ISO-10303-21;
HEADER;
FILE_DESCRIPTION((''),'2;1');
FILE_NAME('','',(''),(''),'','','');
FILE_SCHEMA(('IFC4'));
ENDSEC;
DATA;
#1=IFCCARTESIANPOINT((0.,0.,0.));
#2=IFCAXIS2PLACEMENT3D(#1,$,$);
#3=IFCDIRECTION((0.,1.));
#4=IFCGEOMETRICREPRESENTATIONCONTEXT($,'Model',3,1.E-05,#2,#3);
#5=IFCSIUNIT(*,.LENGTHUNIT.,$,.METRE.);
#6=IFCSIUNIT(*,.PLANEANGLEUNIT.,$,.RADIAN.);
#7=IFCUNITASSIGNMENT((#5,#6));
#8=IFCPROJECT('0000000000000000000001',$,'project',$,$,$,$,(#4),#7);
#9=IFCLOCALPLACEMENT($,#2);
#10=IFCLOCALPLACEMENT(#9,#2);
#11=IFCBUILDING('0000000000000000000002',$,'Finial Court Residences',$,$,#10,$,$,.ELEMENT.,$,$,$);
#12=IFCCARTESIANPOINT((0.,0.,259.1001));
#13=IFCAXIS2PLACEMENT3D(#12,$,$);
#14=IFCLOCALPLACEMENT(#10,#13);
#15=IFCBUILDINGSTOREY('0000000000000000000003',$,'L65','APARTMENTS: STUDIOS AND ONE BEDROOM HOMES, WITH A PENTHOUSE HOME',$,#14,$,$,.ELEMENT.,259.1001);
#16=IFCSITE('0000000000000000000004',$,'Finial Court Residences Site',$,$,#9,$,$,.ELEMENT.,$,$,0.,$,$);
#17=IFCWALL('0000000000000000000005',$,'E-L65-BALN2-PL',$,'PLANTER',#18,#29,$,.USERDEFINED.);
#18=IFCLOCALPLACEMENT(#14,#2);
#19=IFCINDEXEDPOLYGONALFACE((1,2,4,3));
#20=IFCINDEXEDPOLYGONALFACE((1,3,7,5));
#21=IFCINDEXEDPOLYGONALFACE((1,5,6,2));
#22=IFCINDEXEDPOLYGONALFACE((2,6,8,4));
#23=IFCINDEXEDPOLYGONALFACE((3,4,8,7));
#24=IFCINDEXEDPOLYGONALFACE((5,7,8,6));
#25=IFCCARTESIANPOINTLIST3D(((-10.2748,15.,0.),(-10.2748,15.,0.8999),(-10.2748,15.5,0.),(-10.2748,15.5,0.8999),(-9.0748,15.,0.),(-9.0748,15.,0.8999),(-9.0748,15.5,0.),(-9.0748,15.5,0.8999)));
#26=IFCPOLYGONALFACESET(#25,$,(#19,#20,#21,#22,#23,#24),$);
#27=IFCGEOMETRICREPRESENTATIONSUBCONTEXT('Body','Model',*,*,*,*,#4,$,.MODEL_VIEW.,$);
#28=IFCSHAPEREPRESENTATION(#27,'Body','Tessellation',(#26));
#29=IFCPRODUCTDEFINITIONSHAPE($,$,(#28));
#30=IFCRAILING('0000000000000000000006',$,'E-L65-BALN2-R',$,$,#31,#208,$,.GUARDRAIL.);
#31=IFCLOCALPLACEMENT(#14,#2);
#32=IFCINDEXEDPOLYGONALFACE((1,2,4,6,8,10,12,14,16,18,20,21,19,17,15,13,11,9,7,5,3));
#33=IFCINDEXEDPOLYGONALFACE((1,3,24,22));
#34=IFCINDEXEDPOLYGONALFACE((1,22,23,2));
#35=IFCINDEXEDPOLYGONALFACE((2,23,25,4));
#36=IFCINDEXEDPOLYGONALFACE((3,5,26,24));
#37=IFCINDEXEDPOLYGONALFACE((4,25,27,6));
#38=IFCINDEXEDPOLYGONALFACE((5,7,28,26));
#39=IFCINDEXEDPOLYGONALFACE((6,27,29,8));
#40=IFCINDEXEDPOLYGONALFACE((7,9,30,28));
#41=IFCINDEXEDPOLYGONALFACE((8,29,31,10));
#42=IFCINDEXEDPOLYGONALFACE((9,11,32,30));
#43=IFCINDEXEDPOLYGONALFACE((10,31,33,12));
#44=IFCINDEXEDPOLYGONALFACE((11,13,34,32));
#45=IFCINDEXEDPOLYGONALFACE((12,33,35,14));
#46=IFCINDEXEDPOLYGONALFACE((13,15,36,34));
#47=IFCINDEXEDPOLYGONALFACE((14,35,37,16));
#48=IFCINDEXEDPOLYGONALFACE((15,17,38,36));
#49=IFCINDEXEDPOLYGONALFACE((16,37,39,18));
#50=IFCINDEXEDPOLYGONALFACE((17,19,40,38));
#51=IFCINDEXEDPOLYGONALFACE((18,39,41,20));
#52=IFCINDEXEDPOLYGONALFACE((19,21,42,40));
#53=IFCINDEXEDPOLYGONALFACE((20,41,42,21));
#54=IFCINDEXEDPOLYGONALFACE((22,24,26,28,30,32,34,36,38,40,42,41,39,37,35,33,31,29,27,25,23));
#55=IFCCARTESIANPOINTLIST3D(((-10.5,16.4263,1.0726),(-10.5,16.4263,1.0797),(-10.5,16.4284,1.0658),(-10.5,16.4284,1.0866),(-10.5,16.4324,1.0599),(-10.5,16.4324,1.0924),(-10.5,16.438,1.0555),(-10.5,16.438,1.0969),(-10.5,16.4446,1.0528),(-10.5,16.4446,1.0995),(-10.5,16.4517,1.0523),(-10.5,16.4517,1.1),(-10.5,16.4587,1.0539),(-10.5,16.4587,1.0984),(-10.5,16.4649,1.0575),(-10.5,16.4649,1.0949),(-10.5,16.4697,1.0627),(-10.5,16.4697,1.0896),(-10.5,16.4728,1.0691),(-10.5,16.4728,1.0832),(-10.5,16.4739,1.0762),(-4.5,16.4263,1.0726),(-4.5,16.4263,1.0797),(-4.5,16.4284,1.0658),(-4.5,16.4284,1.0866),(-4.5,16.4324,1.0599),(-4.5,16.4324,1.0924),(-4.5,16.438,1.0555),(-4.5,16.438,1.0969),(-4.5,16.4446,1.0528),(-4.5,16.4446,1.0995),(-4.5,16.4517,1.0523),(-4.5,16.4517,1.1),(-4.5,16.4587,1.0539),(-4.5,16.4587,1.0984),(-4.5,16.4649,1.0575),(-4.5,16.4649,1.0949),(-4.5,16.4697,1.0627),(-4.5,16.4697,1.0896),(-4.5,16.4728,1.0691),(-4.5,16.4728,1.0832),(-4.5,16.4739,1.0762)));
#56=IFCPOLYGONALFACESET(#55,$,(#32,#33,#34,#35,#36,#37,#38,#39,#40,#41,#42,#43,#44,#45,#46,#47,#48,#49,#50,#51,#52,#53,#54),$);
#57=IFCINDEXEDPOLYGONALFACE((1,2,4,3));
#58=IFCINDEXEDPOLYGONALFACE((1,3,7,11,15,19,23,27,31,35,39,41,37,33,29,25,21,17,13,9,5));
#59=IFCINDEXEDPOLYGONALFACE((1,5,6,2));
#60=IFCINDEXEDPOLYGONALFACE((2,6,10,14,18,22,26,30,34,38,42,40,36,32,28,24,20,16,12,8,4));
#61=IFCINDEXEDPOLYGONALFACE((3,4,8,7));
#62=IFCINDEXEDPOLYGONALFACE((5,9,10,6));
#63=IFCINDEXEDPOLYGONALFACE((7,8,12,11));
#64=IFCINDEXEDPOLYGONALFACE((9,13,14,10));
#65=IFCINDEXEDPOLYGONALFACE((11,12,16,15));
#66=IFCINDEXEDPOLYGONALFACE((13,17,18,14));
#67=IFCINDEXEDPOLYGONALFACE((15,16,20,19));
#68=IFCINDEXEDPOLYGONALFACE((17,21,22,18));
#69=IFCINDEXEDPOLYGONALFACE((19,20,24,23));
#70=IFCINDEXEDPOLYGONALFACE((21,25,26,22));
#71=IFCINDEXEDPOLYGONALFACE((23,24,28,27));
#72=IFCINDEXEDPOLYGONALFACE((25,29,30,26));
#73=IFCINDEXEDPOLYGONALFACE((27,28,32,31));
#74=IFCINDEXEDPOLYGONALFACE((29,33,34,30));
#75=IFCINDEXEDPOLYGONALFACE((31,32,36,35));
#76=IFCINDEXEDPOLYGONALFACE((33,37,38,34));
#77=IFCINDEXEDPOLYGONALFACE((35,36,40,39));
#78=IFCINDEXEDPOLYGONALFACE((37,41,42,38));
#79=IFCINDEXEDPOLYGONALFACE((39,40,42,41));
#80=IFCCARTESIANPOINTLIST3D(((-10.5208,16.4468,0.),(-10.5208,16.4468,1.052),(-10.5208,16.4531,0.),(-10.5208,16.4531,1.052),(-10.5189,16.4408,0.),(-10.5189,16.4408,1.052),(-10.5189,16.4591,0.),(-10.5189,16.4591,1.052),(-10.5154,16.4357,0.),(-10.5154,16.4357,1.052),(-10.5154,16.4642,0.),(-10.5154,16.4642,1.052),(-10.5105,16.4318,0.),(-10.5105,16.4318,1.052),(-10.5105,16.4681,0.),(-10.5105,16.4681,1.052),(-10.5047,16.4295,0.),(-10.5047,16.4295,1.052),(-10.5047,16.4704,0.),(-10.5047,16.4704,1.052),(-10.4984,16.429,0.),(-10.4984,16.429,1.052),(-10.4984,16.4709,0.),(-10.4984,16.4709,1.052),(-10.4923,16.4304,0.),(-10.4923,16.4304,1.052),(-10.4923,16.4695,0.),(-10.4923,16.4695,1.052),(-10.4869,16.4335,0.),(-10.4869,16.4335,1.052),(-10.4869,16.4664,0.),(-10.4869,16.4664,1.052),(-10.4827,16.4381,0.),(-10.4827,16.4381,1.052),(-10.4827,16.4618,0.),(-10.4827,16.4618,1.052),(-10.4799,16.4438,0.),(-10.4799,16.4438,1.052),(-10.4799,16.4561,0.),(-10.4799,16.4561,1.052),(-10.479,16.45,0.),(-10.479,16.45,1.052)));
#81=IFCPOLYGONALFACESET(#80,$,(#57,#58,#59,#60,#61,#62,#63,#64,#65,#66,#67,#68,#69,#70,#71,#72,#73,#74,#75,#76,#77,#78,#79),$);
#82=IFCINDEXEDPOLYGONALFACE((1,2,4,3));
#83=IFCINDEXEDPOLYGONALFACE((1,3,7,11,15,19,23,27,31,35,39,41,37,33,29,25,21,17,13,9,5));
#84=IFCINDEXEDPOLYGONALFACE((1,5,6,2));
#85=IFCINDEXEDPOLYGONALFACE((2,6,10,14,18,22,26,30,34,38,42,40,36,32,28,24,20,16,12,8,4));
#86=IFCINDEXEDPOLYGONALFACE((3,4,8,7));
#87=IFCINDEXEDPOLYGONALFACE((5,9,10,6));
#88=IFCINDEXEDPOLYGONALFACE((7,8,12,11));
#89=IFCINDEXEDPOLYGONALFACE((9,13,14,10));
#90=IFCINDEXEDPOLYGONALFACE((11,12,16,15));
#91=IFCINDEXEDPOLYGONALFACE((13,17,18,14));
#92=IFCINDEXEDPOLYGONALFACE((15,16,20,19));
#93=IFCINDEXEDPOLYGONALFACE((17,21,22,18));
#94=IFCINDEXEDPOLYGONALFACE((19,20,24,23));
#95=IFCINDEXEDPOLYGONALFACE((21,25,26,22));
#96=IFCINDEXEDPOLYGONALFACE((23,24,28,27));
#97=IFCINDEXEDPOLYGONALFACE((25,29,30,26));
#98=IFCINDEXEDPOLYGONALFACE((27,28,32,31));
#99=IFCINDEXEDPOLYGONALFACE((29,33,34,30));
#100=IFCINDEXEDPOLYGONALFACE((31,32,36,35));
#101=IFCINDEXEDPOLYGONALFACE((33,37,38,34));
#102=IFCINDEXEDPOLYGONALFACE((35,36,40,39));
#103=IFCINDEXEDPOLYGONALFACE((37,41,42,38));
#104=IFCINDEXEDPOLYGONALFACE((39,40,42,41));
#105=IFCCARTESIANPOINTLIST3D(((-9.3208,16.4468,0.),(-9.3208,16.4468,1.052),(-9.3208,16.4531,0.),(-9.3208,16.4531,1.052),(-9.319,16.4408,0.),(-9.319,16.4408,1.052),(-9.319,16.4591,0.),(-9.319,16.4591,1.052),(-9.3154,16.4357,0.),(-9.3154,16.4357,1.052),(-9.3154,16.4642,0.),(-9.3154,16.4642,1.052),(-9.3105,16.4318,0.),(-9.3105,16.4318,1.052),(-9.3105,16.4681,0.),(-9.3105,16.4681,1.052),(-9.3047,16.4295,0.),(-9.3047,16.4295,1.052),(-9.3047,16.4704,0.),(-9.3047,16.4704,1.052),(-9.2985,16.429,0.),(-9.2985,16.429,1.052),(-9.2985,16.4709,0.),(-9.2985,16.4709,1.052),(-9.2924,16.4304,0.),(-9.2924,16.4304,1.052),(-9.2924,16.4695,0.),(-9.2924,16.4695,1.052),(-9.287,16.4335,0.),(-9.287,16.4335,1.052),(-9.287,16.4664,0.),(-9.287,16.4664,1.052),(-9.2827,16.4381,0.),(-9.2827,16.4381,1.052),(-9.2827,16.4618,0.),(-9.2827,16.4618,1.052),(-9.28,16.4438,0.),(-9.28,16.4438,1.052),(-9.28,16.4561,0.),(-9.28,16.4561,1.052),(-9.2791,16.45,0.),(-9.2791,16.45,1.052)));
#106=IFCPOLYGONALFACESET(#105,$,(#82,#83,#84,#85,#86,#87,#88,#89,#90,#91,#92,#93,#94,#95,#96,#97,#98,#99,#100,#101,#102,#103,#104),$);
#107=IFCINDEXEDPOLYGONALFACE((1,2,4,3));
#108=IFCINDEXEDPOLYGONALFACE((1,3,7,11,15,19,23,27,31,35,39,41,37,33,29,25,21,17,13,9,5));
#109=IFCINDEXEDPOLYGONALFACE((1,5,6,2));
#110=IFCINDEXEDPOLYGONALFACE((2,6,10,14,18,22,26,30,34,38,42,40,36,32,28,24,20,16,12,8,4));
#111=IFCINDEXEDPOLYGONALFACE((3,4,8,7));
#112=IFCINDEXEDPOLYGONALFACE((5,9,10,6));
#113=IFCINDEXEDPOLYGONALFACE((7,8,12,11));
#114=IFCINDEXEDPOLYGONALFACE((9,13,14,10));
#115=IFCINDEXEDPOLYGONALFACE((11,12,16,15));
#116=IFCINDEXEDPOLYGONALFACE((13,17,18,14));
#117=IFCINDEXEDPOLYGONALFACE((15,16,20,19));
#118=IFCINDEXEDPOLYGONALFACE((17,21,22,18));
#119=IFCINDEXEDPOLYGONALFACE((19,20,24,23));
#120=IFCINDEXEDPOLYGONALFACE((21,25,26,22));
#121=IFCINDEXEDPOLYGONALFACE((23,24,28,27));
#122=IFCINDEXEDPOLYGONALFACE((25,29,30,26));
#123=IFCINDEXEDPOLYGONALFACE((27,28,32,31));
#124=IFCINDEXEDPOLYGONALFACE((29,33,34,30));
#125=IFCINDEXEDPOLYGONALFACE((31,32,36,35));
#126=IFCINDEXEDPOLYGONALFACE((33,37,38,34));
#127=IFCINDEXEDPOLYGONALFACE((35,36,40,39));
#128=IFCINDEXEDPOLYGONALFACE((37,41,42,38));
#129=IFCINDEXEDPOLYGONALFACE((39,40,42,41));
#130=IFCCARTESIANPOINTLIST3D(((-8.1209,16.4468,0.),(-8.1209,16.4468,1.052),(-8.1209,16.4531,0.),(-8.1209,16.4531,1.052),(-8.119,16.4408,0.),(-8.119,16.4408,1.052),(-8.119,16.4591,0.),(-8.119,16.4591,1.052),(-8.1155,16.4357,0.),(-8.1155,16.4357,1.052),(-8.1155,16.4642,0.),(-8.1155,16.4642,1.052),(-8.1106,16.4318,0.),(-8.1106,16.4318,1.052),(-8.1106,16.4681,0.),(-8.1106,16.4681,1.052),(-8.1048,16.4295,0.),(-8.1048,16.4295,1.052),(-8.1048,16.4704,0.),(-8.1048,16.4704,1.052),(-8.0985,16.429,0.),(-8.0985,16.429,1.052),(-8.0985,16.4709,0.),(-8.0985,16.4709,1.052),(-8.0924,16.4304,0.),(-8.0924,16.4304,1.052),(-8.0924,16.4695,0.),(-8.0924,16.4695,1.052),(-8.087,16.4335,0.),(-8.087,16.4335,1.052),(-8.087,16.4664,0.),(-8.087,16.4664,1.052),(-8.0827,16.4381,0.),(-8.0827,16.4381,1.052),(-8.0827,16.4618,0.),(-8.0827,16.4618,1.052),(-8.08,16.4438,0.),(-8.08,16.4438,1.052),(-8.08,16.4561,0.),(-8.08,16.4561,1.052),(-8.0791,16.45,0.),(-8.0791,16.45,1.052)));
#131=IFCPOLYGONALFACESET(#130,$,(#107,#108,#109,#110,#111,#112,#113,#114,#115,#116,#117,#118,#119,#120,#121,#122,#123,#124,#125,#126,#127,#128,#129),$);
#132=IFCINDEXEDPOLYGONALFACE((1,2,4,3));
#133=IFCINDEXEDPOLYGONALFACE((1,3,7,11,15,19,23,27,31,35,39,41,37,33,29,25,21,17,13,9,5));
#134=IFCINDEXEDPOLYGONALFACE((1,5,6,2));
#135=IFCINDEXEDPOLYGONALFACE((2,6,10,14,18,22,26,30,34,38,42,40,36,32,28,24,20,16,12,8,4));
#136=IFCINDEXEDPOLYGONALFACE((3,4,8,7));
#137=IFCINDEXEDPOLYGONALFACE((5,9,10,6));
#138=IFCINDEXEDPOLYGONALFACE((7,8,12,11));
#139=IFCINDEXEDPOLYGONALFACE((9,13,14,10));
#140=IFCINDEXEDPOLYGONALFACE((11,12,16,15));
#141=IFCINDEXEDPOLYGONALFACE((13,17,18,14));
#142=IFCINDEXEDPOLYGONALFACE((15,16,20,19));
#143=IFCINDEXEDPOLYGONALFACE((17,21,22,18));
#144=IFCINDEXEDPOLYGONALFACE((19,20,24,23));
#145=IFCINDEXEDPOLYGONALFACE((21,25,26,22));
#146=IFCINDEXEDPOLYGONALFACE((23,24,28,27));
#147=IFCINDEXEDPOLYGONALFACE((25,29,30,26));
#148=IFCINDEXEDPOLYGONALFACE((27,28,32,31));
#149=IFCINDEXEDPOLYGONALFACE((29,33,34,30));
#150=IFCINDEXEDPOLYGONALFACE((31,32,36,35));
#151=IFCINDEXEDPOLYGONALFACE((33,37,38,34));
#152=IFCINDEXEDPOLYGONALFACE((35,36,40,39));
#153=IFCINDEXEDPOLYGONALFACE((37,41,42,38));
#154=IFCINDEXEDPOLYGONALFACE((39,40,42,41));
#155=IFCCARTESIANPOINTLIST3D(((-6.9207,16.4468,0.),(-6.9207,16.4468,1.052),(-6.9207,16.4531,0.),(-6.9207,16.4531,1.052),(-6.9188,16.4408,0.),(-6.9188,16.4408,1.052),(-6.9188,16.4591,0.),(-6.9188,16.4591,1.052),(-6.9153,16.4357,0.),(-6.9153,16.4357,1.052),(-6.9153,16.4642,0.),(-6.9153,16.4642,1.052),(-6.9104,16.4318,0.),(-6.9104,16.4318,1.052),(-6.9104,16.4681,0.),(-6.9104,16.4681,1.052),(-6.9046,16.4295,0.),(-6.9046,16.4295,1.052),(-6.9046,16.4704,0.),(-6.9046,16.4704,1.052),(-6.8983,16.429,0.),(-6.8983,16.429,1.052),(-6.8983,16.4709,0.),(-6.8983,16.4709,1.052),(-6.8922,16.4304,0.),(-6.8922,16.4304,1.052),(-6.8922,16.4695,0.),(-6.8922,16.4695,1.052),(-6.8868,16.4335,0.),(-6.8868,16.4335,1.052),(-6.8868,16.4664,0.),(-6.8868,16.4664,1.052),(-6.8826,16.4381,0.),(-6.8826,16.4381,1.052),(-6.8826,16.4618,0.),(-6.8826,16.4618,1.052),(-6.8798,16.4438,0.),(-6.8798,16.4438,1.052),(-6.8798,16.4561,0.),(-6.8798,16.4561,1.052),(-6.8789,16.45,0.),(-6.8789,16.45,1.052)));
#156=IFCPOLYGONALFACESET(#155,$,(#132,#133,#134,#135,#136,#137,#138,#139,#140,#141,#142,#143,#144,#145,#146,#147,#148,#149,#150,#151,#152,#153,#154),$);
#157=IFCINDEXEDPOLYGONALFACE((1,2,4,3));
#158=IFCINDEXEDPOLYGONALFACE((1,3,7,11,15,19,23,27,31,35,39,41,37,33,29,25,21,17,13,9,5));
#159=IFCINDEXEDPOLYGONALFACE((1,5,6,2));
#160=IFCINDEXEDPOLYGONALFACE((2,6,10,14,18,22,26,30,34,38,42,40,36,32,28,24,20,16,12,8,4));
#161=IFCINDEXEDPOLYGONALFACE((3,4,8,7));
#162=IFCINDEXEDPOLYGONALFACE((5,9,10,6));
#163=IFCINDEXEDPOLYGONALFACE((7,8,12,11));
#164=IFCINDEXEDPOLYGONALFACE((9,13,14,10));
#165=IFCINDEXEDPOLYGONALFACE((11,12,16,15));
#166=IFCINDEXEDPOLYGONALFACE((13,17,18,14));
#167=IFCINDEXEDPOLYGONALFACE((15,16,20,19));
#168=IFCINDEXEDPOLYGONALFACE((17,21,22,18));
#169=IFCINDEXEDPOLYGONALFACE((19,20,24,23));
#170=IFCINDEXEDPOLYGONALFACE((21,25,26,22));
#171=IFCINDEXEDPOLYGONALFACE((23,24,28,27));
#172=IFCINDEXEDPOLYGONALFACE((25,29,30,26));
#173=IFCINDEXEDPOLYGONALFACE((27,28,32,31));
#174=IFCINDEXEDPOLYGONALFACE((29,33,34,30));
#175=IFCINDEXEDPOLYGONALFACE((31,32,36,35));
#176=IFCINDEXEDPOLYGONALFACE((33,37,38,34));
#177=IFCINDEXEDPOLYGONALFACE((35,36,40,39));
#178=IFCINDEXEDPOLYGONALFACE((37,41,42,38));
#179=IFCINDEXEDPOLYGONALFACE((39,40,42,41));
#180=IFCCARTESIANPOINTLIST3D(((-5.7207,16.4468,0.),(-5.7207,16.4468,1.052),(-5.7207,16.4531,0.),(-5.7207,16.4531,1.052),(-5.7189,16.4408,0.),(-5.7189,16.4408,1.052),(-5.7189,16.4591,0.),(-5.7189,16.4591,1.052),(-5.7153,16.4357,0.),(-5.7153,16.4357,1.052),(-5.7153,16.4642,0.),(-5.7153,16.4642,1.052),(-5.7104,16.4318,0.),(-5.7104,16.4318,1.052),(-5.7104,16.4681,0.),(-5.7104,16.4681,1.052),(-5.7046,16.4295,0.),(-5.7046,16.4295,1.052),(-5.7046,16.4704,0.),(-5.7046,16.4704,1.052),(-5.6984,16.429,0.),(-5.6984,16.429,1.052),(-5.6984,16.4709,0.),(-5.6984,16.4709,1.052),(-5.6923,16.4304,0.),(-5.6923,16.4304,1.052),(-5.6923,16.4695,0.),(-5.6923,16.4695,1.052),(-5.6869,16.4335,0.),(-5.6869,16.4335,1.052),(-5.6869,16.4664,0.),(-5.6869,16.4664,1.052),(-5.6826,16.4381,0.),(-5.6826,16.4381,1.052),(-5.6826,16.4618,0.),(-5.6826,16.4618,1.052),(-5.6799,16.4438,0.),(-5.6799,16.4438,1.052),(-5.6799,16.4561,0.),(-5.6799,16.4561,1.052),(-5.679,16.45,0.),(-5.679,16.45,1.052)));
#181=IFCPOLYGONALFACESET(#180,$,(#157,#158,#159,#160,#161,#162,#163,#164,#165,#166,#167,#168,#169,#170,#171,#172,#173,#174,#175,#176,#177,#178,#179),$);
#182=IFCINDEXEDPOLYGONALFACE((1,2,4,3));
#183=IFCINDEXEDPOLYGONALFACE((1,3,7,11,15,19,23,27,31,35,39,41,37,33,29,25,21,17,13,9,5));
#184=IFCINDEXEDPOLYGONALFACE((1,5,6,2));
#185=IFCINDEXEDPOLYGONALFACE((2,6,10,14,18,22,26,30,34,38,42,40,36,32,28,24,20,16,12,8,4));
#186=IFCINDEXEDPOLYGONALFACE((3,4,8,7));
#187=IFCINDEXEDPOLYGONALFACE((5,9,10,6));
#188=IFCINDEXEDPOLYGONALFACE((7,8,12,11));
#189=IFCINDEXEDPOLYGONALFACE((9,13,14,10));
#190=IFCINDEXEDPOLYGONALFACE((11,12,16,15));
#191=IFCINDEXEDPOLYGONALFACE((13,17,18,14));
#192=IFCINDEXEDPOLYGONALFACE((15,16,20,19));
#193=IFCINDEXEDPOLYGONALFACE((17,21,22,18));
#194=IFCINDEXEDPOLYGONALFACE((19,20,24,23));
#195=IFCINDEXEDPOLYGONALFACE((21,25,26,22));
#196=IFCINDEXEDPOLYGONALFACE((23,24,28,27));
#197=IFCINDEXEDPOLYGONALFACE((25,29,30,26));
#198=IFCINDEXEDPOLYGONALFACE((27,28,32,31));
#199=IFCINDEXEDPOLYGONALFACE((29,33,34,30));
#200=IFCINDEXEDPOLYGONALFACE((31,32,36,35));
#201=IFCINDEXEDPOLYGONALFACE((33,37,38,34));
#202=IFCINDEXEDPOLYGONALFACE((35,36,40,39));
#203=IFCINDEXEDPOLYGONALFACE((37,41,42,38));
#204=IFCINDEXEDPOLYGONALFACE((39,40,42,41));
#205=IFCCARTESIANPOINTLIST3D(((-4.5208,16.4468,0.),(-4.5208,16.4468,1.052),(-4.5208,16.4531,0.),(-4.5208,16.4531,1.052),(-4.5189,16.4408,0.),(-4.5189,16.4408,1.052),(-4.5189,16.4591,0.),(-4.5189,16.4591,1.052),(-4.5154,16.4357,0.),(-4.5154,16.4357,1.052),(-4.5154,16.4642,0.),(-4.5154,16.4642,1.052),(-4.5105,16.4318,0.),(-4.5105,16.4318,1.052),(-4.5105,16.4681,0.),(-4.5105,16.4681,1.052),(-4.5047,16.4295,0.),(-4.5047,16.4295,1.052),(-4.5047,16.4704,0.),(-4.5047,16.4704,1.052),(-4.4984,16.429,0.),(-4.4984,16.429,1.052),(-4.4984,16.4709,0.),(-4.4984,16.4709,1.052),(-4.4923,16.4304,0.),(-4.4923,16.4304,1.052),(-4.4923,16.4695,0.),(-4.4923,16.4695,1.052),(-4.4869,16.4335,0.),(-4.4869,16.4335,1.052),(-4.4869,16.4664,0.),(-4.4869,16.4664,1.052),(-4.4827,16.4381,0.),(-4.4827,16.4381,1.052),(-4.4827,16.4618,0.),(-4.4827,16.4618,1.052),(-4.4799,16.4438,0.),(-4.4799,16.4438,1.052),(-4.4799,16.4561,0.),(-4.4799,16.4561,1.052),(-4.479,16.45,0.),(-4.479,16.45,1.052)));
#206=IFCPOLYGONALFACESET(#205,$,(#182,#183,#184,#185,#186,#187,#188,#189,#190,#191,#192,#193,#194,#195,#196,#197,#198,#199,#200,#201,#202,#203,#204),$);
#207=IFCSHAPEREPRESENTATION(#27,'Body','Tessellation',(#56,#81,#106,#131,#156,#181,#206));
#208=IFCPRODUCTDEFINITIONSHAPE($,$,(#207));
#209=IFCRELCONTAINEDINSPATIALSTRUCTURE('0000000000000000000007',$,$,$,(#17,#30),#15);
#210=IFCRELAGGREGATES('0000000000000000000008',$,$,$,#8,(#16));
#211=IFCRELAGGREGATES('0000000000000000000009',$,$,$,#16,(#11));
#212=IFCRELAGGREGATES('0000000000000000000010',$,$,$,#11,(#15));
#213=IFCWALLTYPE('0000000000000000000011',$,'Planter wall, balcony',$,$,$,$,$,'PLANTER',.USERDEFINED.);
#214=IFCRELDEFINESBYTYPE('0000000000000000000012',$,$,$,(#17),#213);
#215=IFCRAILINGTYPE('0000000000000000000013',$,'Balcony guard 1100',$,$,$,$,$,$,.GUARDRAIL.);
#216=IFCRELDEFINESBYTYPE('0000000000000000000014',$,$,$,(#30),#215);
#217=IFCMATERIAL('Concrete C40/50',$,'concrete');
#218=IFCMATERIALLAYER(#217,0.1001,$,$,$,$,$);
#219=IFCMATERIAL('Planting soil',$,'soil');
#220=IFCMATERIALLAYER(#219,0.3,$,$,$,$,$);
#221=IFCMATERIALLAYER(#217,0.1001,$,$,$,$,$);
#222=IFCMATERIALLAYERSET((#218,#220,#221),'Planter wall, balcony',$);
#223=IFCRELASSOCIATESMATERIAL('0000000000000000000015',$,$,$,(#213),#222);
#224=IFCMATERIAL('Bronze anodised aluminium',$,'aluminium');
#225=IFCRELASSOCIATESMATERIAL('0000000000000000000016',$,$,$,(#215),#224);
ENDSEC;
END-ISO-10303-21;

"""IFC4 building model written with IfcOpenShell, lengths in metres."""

from ifc_helpers import new_model, si_unit, direction, frame, frame_2d, origin, origin_2d, place, context, subcontext, project, spatial, rectangle, circle, extrude, material, layer, layer_set, type_object, element, save


model = new_model("IFC4")

# Units and contexts
model_context = context("Model", 3, precision=1e-05, world=origin(), true_north=direction((0.0, 1.0)))
body_context = subcontext(model_context, "Body", "Model", "MODEL_VIEW")
ifc_project = project(units=[si_unit("LENGTHUNIT", "METRE"), si_unit("PLANEANGLEUNIT", "RADIAN")], contexts=[model_context])

# Site, building, storey
site_placement = place(None, origin())
site = spatial("IfcSite", under=ifc_project, at=site_placement, Name="Finial Court Residences Site", CompositionType="ELEMENT", RefElevation=0.0)
building_placement = place(site_placement, origin())
building = spatial("IfcBuilding", under=site, at=building_placement, Name="Finial Court Residences", CompositionType="ELEMENT")
storey_placement = place(building_placement, frame((0.0, 0.0, 259.1001)))
storey = spatial("IfcBuildingStorey", under=building, at=storey_placement, Name="L65", Description="APARTMENTS: STUDIOS AND ONE BEDROOM HOMES, WITH A PENTHOUSE HOME", CompositionType="ELEMENT", Elevation=259.1001)

# Shared definitions
ifc_material_1 = material(Name="Bronze anodised aluminium", Category="aluminium")

# Wall
ifc_material_2 = material(Name="Concrete C40/50", Category="concrete")
ifc_layer_1 = layer(ifc_material_2, 0.1001)
ifc_material_3 = material(Name="Planting soil", Category="soil")
ifc_layer_2 = layer(ifc_material_3, 0.3)
ifc_layer_3 = layer(ifc_material_2, 0.1001)
ifc_layer_set_1 = layer_set([ifc_layer_1, ifc_layer_2, ifc_layer_3], Name="Planter wall, balcony")
wall_type_1 = type_object("IfcWallType", Name="Planter wall, balcony", ElementType="PLANTER", PredefinedType="USERDEFINED", material=ifc_layer_set_1)
wall_1_placement = place(storey_placement, frame((-10.2749, 15.25, 0.0), z_axis=(0.0, 0.0, 1.0), x_axis=(1.0, 0.0, 0.0)))
element("IfcWall", 1, at=wall_1_placement, inside=storey, type_object=wall_type_1, Name="E-L65-BALN2-PL", ObjectType="PLANTER", PredefinedType="USERDEFINED", context=body_context, shape_type="SweptSolid", body=[
    extrude(rectangle(XDim=1.2, YDim=0.5, at=frame_2d((0.6001, 0.0))), origin(), (0.0, 0.0, 1.0), 0.8999),
])

# Railing
railing_type = type_object("IfcRailingType", Name="Balcony guard 1100", PredefinedType="GUARDRAIL", material=ifc_material_1)
railing_placement = place(storey_placement, frame((-10.5, 16.45, 0.0)))
element("IfcRailing", 2, at=railing_placement, inside=storey, type_object=railing_type, Name="E-L65-BALN2-R", PredefinedType="GUARDRAIL", context=body_context, shape_type="SweptSolid", body=[
    extrude(circle(Radius=0.0239, at=origin_2d()), frame((0.0, 0.0, 1.0762), z_axis=(1.0, 0.0, 0.0), x_axis=(0.0, 1.0, 0.0)), (0.0, 0.0, 1.0), 6.0),
    extrude(circle(Radius=0.021, at=origin_2d()), origin(), (0.0, 0.0, 1.0), 1.052),
    extrude(circle(Radius=0.021, at=origin_2d()), frame((1.2, 0.0, 0.0)), (0.0, 0.0, 1.0), 1.052),
    extrude(circle(Radius=0.021, at=origin_2d()), frame((2.3999, 0.0, 0.0)), (0.0, 0.0, 1.0), 1.052),
    extrude(circle(Radius=0.021, at=origin_2d()), frame((3.6001, 0.0, 0.0)), (0.0, 0.0, 1.0), 1.052),
    extrude(circle(Radius=0.021, at=origin_2d()), frame((4.8, 0.0, 0.0)), (0.0, 0.0, 1.0), 1.052),
    extrude(circle(Radius=0.021, at=origin_2d()), frame((6.0, 0.0, 0.0)), (0.0, 0.0, 1.0), 1.052),
])

save(model, "model.ifc")
